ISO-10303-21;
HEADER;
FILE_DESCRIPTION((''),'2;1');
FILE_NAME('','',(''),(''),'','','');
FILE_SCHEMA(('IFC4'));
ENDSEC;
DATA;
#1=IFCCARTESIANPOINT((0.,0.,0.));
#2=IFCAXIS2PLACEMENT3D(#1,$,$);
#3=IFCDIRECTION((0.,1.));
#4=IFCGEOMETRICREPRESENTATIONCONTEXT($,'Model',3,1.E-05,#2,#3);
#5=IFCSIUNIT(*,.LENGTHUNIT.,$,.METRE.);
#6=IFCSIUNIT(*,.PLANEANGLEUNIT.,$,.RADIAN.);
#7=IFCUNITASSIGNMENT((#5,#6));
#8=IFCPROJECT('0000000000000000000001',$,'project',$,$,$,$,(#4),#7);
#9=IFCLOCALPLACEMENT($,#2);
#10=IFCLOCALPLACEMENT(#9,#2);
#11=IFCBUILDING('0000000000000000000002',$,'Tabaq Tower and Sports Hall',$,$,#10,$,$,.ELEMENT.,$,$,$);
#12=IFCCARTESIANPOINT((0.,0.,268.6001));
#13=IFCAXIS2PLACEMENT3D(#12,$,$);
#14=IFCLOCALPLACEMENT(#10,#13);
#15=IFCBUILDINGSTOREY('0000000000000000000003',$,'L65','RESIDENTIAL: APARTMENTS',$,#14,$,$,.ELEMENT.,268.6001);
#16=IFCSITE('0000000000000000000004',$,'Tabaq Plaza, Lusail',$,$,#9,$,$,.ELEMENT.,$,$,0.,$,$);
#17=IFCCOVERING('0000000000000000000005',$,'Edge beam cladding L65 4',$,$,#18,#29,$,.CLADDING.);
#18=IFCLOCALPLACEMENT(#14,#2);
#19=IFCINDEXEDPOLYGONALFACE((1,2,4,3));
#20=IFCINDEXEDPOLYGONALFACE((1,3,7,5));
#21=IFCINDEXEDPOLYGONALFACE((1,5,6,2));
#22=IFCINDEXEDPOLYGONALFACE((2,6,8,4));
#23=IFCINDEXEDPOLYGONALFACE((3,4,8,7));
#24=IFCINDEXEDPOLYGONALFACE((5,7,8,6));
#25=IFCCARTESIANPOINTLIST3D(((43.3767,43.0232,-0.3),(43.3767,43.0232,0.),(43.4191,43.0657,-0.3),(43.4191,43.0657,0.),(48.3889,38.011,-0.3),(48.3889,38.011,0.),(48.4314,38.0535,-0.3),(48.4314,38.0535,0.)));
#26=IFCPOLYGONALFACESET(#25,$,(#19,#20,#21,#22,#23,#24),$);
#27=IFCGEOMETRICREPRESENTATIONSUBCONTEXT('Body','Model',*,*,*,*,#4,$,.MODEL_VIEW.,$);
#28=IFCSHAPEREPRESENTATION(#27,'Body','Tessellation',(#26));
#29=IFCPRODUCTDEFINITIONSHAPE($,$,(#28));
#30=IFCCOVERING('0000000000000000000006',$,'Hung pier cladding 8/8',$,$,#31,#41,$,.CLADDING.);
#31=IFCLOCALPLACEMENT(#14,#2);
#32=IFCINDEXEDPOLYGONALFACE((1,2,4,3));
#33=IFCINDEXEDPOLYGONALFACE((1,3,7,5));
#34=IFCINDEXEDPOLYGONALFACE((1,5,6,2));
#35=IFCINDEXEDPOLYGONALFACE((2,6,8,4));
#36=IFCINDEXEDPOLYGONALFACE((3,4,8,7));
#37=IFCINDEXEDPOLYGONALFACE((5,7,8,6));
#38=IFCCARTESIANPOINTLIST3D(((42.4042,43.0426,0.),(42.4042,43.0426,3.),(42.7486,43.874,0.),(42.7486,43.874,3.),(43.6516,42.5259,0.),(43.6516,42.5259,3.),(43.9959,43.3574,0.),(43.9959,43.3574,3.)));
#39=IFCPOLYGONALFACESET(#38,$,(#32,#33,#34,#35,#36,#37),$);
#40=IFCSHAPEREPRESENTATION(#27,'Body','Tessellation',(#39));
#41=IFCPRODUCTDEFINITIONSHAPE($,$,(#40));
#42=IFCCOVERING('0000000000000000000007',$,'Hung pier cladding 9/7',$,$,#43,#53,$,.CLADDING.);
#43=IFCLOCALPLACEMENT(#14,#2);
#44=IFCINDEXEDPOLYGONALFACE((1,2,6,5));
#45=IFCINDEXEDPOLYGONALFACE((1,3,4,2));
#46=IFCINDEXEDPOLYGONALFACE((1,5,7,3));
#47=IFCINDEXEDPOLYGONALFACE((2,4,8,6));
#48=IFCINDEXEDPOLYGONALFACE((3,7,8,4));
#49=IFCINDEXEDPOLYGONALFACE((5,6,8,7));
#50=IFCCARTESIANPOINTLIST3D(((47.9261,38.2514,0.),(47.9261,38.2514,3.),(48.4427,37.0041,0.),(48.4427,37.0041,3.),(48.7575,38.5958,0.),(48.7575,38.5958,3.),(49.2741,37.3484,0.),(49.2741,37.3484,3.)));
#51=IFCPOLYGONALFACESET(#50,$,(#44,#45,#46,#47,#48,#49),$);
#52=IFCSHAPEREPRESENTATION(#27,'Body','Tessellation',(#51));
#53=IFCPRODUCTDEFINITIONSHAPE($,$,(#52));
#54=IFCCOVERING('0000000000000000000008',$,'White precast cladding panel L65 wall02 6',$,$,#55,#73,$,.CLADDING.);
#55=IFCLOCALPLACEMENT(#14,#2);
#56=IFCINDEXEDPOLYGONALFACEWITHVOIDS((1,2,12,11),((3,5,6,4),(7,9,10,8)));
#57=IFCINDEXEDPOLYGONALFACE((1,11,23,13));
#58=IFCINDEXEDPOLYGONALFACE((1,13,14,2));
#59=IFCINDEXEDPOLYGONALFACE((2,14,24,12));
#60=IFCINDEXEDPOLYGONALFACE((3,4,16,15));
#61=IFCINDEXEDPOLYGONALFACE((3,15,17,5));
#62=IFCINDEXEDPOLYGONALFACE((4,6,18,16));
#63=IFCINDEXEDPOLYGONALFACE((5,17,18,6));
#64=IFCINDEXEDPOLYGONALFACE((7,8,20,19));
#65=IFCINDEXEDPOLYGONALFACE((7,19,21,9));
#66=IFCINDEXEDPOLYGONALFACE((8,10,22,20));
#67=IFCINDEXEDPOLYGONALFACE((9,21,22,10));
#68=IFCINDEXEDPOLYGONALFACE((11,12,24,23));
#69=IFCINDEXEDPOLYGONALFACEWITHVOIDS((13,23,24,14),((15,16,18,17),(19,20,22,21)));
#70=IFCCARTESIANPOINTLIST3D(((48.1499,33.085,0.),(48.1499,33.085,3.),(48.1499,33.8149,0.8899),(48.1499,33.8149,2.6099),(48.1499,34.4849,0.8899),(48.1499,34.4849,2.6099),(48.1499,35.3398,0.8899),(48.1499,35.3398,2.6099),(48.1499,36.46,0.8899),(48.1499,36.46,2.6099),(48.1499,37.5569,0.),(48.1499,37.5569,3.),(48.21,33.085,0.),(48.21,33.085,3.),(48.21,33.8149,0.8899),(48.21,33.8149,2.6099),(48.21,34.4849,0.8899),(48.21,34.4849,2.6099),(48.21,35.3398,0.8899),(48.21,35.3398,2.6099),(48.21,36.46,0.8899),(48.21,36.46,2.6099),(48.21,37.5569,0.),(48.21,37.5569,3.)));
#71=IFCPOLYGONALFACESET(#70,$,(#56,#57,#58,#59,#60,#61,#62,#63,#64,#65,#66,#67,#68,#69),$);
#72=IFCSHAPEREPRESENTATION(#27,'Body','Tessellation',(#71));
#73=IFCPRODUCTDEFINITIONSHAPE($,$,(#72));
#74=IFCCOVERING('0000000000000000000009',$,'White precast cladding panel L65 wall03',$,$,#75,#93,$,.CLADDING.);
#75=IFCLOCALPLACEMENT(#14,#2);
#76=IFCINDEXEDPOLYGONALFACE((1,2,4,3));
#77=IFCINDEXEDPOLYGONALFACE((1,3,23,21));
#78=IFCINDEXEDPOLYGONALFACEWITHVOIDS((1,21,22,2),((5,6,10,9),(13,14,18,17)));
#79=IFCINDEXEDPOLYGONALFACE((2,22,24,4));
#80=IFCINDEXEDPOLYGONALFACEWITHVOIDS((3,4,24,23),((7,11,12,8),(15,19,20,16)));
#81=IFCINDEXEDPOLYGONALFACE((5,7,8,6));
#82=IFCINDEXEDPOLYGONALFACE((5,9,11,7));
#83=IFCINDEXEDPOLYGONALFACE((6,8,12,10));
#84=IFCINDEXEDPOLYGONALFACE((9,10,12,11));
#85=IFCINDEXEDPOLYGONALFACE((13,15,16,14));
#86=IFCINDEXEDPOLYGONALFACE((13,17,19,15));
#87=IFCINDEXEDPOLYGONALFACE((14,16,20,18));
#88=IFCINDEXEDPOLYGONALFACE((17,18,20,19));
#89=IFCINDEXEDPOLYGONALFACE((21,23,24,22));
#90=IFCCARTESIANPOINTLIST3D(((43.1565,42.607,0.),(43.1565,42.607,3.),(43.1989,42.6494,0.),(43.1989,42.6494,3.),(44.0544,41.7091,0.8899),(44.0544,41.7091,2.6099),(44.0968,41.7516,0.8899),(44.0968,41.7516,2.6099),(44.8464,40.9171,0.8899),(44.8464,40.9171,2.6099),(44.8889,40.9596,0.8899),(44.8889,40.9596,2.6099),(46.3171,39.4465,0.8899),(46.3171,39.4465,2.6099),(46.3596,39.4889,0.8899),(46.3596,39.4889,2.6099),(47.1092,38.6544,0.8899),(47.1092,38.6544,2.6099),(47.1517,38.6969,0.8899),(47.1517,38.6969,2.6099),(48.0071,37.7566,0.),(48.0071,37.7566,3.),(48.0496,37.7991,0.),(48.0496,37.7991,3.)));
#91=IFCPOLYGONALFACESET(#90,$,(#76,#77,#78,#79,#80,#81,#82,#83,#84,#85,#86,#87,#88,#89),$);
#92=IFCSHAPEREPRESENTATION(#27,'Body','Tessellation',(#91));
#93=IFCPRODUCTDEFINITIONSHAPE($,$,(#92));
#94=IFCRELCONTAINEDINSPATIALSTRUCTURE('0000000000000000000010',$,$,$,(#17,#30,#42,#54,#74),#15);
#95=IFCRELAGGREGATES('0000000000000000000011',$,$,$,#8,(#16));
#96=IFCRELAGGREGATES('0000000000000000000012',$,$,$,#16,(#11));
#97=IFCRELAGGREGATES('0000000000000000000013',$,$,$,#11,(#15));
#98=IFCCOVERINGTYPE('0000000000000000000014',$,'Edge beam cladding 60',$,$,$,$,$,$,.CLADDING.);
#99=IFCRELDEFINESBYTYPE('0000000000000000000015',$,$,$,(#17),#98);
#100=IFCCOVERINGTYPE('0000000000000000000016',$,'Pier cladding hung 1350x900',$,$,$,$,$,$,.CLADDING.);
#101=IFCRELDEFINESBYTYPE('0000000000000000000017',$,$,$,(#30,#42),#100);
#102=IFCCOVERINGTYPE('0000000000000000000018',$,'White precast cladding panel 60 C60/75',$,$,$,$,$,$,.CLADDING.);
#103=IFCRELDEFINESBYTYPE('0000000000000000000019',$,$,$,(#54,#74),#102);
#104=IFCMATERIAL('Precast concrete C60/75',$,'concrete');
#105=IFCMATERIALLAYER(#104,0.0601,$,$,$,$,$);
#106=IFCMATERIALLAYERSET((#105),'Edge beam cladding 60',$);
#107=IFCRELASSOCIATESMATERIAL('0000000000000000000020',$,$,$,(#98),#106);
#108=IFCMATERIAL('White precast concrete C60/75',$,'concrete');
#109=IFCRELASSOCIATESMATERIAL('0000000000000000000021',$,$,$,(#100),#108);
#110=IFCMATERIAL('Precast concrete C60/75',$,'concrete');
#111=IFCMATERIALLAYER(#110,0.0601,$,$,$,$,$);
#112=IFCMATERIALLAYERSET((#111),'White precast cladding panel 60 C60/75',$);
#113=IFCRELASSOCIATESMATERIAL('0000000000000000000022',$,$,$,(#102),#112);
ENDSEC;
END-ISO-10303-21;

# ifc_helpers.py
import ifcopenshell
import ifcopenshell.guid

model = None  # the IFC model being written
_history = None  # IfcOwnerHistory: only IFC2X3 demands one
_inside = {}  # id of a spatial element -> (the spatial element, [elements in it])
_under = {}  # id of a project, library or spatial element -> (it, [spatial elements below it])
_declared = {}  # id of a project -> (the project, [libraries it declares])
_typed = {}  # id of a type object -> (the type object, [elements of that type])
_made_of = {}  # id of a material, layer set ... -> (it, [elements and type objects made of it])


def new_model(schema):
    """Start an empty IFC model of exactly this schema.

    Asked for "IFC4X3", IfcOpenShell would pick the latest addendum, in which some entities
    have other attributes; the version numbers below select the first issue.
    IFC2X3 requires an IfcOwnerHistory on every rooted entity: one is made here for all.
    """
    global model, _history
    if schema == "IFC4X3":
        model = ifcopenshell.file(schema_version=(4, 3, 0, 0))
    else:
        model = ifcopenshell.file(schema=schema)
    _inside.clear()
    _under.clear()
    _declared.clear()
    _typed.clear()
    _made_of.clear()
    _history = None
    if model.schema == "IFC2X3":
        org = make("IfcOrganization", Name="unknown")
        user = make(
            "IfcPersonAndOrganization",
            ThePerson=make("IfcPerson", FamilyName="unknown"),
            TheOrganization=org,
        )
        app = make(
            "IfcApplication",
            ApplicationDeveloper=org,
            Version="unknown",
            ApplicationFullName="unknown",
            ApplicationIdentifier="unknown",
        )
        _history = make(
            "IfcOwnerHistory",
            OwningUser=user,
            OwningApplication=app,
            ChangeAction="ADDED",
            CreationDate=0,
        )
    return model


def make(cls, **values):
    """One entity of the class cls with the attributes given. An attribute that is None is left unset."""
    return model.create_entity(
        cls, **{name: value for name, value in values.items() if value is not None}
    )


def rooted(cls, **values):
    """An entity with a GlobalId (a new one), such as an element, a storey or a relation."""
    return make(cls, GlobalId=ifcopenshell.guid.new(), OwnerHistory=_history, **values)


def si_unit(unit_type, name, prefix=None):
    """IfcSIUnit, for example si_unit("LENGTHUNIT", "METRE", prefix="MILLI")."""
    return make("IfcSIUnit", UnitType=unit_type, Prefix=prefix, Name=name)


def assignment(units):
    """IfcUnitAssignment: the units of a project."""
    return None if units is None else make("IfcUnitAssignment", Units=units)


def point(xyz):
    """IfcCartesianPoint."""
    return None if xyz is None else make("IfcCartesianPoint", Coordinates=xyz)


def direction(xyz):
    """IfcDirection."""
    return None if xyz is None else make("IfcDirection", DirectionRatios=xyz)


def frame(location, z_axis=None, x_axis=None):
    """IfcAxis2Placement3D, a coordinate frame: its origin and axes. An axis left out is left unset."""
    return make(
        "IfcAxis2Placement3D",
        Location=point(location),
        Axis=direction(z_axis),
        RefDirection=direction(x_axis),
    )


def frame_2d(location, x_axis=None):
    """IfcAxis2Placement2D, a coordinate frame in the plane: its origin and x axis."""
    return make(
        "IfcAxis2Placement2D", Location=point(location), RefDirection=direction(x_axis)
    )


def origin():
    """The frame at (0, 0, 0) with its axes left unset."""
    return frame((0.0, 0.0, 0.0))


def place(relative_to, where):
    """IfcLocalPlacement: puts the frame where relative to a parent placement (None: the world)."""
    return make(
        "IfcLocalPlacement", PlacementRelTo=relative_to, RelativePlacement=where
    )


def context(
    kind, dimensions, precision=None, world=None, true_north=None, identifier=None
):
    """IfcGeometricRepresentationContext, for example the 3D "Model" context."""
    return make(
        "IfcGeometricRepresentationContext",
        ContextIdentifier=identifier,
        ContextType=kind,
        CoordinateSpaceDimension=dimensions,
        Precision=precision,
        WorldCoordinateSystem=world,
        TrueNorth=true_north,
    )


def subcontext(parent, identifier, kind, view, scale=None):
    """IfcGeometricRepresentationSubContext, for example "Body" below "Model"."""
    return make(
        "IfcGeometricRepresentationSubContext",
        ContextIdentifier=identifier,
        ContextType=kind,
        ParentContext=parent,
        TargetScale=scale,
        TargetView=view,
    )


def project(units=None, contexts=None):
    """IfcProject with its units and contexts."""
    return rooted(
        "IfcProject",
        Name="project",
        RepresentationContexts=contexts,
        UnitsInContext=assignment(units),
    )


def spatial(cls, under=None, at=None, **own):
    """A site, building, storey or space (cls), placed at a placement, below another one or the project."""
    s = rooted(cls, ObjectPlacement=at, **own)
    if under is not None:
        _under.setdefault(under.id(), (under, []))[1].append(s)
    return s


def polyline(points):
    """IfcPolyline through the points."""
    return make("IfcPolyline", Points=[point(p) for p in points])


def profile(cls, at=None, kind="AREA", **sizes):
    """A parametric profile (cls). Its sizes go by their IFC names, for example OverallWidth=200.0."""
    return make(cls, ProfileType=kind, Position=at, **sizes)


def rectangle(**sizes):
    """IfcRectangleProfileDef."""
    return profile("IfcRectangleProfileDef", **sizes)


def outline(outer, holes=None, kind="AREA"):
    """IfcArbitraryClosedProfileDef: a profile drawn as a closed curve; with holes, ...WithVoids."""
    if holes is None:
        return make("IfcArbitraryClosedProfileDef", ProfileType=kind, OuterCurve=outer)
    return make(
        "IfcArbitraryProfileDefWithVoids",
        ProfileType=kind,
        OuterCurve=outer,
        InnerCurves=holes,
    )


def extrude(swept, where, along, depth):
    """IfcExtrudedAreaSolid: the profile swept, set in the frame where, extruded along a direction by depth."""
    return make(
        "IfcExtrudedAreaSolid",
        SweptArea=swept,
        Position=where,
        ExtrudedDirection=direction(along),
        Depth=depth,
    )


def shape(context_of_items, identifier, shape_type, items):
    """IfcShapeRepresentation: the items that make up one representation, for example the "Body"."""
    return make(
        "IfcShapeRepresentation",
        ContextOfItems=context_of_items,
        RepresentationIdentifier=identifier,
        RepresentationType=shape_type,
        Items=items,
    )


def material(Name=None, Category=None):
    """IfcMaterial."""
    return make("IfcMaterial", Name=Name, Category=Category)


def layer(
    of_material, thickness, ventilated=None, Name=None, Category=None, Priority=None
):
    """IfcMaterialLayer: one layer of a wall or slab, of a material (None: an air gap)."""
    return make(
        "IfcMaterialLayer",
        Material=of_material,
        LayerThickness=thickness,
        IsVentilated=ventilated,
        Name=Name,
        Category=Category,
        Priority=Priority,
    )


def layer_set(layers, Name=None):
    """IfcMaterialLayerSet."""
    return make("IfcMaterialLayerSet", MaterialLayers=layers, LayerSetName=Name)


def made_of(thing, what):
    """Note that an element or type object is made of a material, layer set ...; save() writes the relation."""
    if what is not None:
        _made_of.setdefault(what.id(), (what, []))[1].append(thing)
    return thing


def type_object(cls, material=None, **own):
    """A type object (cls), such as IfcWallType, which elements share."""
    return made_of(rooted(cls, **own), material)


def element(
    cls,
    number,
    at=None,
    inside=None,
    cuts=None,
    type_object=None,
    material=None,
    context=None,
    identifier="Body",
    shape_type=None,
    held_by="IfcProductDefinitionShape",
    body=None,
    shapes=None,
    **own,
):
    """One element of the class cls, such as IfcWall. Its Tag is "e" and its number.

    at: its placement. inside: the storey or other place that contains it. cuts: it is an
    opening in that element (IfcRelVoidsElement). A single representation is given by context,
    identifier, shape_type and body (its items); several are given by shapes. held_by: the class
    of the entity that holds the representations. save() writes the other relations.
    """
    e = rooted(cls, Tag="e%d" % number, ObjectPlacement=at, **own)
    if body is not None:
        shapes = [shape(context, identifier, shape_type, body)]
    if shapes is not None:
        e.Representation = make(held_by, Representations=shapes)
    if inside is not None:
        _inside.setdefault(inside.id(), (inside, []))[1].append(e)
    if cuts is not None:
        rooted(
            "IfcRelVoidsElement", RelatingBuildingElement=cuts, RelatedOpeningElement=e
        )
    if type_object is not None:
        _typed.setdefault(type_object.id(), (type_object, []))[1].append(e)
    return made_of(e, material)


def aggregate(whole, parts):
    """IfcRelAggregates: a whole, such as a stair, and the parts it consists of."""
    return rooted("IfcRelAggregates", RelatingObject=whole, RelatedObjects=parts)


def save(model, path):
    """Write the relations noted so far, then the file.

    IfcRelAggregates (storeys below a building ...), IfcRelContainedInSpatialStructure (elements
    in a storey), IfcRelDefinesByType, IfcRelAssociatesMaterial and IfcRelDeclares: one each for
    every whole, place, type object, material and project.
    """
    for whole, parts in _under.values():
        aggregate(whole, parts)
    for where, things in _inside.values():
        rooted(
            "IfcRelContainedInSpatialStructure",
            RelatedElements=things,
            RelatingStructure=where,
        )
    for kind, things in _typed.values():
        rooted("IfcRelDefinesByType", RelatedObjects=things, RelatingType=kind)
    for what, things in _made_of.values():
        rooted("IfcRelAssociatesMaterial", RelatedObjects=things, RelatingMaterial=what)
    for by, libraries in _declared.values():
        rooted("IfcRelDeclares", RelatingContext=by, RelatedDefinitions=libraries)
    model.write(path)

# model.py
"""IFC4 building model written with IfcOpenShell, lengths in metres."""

from ifc_helpers import new_model, si_unit, direction, frame, frame_2d, origin, place, context, subcontext, project, spatial, polyline, rectangle, outline, extrude, material, layer, layer_set, type_object, element, save


model = new_model("IFC4")

# Units and contexts
model_context = context("Model", 3, precision=1e-05, world=origin(), true_north=direction((0.0, 1.0)))
body_context = subcontext(model_context, "Body", "Model", "MODEL_VIEW")
ifc_project = project(units=[si_unit("LENGTHUNIT", "METRE"), si_unit("PLANEANGLEUNIT", "RADIAN")], contexts=[model_context])

# Site, building, storey
site_placement = place(None, origin())
site = spatial("IfcSite", under=ifc_project, at=site_placement, Name="Tabaq Plaza, Lusail", CompositionType="ELEMENT", RefElevation=0.0)
building_placement = place(site_placement, origin())
building = spatial("IfcBuilding", under=site, at=building_placement, Name="Tabaq Tower and Sports Hall", CompositionType="ELEMENT")
storey_placement = place(building_placement, frame((0.0, 0.0, 268.6001)))
storey = spatial("IfcBuildingStorey", under=building, at=storey_placement, Name="L65", Description="RESIDENTIAL: APARTMENTS", CompositionType="ELEMENT", Elevation=268.6001)

# Coverings
ifc_material_1 = material(Name="Precast concrete C60/75", Category="concrete")
ifc_layer_1 = layer(ifc_material_1, 0.0601)
ifc_layer_set_1 = layer_set([ifc_layer_1], Name="Edge beam cladding 60")
covering_type_1 = type_object("IfcCoveringType", Name="Edge beam cladding 60", PredefinedType="CLADDING", material=ifc_layer_set_1)
covering_1_placement = place(storey_placement, frame((48.4102, 38.0322, -0.3), z_axis=(0.0, 0.0, 1.0), x_axis=(-0.707107, 0.707107, 0.0)))
element("IfcCovering", 1, at=covering_1_placement, inside=storey, type_object=covering_type_1, Name="Edge beam cladding L65 4", PredefinedType="CLADDING", context=body_context, shape_type="SweptSolid", body=[
    extrude(rectangle(XDim=7.0884, YDim=0.0601, at=frame_2d((3.5442, 0.0))), origin(), (0.0, 0.0, 1.0), 0.3),
])
ifc_material_2 = material(Name="White precast concrete C60/75", Category="concrete")
covering_type_2 = type_object("IfcCoveringType", Name="Pier cladding hung 1350x900", PredefinedType="CLADDING", material=ifc_material_2)
for number, where, z_axis, x_axis, name in (
    (2, (43.8237, 42.9417, 0.0), (0.0, 0.0, 1.0), (-0.923893, 0.38265, 0.0), "Hung pier cladding 8/8"),
    (3, (48.8584, 37.1763, 0.0), (0.0, 0.0, 1.0), (-0.38265, 0.923893, 0.0), "Hung pier cladding 9/7"),
):
    element("IfcCovering", number, at=place(storey_placement, frame(where, z_axis=z_axis, x_axis=x_axis)), inside=storey, type_object=covering_type_2, Name=name, PredefinedType="CLADDING", context=body_context, shape_type="SweptSolid", body=[
        extrude(rectangle(XDim=1.3501, YDim=0.8999, at=frame_2d((0.675, 0.0))), origin(), (0.0, 0.0, 1.0), 3.0),
    ])
ifc_material_3 = material(Name="Precast concrete C60/75", Category="concrete")
ifc_layer_2 = layer(ifc_material_3, 0.0601)
ifc_layer_set_2 = layer_set([ifc_layer_2], Name="White precast cladding panel 60 C60/75")
covering_type_3 = type_object("IfcCoveringType", Name="White precast cladding panel 60 C60/75", PredefinedType="CLADDING", material=ifc_layer_set_2)
covering_2_placement = place(storey_placement, frame((48.1799, 33.085, 0.0), z_axis=(0.0, 0.0, 1.0), x_axis=(0.0, 1.0, 0.0)))
element("IfcCovering", 4, at=covering_2_placement, inside=storey, type_object=covering_type_3, Name="White precast cladding panel L65 wall02 6", PredefinedType="CLADDING", context=body_context, shape_type="SweptSolid", body=[
    extrude(outline(polyline([(0.0, 0.0), (4.4719, 0.0), (4.4719, 3.0), (0.0, 3.0), (0.0, 0.0)]), holes=[polyline([(0.73, 2.6099), (1.3999, 2.6099), (1.3999, 0.8899), (0.73, 0.8899), (0.73, 2.6099)]), polyline([(2.2549, 2.6099), (3.375, 2.6099), (3.375, 0.8899), (2.2549, 0.8899), (2.2549, 2.6099)])]), frame((0.0, 0.03, 0.0), z_axis=(0.0, -1.0, 0.0), x_axis=(1.0, 0.0, 0.0)), (0.0, 0.0, 1.0), 0.0601),
])
covering_3_placement = place(storey_placement, frame((48.0283, 37.7778, 0.0), z_axis=(0.0, 0.0, 1.0), x_axis=(-0.707125, 0.707089, 0.0)))
element("IfcCovering", 5, at=covering_3_placement, inside=storey, type_object=covering_type_3, Name="White precast cladding panel L65 wall03", PredefinedType="CLADDING", context=body_context, shape_type="SweptSolid", body=[
    extrude(outline(polyline([(0.0, 0.0), (6.8596, 0.0), (6.8596, 3.0), (0.0, 3.0), (0.0, 0.0)]), holes=[polyline([(1.2698, 2.6099), (2.3899, 2.6099), (2.3899, 0.8899), (1.2698, 0.8899), (1.2698, 2.6099)]), polyline([(4.4697, 2.6099), (5.5898, 2.6099), (5.5898, 0.8899), (4.4697, 0.8899), (4.4697, 2.6099)])]), frame((0.0, 0.03, 0.0), z_axis=(0.0, -1.0, 0.0), x_axis=(1.0, 0.0, 0.0)), (0.0, 0.0, 1.0), 0.0601),
])

save(model, "model.ifc")
